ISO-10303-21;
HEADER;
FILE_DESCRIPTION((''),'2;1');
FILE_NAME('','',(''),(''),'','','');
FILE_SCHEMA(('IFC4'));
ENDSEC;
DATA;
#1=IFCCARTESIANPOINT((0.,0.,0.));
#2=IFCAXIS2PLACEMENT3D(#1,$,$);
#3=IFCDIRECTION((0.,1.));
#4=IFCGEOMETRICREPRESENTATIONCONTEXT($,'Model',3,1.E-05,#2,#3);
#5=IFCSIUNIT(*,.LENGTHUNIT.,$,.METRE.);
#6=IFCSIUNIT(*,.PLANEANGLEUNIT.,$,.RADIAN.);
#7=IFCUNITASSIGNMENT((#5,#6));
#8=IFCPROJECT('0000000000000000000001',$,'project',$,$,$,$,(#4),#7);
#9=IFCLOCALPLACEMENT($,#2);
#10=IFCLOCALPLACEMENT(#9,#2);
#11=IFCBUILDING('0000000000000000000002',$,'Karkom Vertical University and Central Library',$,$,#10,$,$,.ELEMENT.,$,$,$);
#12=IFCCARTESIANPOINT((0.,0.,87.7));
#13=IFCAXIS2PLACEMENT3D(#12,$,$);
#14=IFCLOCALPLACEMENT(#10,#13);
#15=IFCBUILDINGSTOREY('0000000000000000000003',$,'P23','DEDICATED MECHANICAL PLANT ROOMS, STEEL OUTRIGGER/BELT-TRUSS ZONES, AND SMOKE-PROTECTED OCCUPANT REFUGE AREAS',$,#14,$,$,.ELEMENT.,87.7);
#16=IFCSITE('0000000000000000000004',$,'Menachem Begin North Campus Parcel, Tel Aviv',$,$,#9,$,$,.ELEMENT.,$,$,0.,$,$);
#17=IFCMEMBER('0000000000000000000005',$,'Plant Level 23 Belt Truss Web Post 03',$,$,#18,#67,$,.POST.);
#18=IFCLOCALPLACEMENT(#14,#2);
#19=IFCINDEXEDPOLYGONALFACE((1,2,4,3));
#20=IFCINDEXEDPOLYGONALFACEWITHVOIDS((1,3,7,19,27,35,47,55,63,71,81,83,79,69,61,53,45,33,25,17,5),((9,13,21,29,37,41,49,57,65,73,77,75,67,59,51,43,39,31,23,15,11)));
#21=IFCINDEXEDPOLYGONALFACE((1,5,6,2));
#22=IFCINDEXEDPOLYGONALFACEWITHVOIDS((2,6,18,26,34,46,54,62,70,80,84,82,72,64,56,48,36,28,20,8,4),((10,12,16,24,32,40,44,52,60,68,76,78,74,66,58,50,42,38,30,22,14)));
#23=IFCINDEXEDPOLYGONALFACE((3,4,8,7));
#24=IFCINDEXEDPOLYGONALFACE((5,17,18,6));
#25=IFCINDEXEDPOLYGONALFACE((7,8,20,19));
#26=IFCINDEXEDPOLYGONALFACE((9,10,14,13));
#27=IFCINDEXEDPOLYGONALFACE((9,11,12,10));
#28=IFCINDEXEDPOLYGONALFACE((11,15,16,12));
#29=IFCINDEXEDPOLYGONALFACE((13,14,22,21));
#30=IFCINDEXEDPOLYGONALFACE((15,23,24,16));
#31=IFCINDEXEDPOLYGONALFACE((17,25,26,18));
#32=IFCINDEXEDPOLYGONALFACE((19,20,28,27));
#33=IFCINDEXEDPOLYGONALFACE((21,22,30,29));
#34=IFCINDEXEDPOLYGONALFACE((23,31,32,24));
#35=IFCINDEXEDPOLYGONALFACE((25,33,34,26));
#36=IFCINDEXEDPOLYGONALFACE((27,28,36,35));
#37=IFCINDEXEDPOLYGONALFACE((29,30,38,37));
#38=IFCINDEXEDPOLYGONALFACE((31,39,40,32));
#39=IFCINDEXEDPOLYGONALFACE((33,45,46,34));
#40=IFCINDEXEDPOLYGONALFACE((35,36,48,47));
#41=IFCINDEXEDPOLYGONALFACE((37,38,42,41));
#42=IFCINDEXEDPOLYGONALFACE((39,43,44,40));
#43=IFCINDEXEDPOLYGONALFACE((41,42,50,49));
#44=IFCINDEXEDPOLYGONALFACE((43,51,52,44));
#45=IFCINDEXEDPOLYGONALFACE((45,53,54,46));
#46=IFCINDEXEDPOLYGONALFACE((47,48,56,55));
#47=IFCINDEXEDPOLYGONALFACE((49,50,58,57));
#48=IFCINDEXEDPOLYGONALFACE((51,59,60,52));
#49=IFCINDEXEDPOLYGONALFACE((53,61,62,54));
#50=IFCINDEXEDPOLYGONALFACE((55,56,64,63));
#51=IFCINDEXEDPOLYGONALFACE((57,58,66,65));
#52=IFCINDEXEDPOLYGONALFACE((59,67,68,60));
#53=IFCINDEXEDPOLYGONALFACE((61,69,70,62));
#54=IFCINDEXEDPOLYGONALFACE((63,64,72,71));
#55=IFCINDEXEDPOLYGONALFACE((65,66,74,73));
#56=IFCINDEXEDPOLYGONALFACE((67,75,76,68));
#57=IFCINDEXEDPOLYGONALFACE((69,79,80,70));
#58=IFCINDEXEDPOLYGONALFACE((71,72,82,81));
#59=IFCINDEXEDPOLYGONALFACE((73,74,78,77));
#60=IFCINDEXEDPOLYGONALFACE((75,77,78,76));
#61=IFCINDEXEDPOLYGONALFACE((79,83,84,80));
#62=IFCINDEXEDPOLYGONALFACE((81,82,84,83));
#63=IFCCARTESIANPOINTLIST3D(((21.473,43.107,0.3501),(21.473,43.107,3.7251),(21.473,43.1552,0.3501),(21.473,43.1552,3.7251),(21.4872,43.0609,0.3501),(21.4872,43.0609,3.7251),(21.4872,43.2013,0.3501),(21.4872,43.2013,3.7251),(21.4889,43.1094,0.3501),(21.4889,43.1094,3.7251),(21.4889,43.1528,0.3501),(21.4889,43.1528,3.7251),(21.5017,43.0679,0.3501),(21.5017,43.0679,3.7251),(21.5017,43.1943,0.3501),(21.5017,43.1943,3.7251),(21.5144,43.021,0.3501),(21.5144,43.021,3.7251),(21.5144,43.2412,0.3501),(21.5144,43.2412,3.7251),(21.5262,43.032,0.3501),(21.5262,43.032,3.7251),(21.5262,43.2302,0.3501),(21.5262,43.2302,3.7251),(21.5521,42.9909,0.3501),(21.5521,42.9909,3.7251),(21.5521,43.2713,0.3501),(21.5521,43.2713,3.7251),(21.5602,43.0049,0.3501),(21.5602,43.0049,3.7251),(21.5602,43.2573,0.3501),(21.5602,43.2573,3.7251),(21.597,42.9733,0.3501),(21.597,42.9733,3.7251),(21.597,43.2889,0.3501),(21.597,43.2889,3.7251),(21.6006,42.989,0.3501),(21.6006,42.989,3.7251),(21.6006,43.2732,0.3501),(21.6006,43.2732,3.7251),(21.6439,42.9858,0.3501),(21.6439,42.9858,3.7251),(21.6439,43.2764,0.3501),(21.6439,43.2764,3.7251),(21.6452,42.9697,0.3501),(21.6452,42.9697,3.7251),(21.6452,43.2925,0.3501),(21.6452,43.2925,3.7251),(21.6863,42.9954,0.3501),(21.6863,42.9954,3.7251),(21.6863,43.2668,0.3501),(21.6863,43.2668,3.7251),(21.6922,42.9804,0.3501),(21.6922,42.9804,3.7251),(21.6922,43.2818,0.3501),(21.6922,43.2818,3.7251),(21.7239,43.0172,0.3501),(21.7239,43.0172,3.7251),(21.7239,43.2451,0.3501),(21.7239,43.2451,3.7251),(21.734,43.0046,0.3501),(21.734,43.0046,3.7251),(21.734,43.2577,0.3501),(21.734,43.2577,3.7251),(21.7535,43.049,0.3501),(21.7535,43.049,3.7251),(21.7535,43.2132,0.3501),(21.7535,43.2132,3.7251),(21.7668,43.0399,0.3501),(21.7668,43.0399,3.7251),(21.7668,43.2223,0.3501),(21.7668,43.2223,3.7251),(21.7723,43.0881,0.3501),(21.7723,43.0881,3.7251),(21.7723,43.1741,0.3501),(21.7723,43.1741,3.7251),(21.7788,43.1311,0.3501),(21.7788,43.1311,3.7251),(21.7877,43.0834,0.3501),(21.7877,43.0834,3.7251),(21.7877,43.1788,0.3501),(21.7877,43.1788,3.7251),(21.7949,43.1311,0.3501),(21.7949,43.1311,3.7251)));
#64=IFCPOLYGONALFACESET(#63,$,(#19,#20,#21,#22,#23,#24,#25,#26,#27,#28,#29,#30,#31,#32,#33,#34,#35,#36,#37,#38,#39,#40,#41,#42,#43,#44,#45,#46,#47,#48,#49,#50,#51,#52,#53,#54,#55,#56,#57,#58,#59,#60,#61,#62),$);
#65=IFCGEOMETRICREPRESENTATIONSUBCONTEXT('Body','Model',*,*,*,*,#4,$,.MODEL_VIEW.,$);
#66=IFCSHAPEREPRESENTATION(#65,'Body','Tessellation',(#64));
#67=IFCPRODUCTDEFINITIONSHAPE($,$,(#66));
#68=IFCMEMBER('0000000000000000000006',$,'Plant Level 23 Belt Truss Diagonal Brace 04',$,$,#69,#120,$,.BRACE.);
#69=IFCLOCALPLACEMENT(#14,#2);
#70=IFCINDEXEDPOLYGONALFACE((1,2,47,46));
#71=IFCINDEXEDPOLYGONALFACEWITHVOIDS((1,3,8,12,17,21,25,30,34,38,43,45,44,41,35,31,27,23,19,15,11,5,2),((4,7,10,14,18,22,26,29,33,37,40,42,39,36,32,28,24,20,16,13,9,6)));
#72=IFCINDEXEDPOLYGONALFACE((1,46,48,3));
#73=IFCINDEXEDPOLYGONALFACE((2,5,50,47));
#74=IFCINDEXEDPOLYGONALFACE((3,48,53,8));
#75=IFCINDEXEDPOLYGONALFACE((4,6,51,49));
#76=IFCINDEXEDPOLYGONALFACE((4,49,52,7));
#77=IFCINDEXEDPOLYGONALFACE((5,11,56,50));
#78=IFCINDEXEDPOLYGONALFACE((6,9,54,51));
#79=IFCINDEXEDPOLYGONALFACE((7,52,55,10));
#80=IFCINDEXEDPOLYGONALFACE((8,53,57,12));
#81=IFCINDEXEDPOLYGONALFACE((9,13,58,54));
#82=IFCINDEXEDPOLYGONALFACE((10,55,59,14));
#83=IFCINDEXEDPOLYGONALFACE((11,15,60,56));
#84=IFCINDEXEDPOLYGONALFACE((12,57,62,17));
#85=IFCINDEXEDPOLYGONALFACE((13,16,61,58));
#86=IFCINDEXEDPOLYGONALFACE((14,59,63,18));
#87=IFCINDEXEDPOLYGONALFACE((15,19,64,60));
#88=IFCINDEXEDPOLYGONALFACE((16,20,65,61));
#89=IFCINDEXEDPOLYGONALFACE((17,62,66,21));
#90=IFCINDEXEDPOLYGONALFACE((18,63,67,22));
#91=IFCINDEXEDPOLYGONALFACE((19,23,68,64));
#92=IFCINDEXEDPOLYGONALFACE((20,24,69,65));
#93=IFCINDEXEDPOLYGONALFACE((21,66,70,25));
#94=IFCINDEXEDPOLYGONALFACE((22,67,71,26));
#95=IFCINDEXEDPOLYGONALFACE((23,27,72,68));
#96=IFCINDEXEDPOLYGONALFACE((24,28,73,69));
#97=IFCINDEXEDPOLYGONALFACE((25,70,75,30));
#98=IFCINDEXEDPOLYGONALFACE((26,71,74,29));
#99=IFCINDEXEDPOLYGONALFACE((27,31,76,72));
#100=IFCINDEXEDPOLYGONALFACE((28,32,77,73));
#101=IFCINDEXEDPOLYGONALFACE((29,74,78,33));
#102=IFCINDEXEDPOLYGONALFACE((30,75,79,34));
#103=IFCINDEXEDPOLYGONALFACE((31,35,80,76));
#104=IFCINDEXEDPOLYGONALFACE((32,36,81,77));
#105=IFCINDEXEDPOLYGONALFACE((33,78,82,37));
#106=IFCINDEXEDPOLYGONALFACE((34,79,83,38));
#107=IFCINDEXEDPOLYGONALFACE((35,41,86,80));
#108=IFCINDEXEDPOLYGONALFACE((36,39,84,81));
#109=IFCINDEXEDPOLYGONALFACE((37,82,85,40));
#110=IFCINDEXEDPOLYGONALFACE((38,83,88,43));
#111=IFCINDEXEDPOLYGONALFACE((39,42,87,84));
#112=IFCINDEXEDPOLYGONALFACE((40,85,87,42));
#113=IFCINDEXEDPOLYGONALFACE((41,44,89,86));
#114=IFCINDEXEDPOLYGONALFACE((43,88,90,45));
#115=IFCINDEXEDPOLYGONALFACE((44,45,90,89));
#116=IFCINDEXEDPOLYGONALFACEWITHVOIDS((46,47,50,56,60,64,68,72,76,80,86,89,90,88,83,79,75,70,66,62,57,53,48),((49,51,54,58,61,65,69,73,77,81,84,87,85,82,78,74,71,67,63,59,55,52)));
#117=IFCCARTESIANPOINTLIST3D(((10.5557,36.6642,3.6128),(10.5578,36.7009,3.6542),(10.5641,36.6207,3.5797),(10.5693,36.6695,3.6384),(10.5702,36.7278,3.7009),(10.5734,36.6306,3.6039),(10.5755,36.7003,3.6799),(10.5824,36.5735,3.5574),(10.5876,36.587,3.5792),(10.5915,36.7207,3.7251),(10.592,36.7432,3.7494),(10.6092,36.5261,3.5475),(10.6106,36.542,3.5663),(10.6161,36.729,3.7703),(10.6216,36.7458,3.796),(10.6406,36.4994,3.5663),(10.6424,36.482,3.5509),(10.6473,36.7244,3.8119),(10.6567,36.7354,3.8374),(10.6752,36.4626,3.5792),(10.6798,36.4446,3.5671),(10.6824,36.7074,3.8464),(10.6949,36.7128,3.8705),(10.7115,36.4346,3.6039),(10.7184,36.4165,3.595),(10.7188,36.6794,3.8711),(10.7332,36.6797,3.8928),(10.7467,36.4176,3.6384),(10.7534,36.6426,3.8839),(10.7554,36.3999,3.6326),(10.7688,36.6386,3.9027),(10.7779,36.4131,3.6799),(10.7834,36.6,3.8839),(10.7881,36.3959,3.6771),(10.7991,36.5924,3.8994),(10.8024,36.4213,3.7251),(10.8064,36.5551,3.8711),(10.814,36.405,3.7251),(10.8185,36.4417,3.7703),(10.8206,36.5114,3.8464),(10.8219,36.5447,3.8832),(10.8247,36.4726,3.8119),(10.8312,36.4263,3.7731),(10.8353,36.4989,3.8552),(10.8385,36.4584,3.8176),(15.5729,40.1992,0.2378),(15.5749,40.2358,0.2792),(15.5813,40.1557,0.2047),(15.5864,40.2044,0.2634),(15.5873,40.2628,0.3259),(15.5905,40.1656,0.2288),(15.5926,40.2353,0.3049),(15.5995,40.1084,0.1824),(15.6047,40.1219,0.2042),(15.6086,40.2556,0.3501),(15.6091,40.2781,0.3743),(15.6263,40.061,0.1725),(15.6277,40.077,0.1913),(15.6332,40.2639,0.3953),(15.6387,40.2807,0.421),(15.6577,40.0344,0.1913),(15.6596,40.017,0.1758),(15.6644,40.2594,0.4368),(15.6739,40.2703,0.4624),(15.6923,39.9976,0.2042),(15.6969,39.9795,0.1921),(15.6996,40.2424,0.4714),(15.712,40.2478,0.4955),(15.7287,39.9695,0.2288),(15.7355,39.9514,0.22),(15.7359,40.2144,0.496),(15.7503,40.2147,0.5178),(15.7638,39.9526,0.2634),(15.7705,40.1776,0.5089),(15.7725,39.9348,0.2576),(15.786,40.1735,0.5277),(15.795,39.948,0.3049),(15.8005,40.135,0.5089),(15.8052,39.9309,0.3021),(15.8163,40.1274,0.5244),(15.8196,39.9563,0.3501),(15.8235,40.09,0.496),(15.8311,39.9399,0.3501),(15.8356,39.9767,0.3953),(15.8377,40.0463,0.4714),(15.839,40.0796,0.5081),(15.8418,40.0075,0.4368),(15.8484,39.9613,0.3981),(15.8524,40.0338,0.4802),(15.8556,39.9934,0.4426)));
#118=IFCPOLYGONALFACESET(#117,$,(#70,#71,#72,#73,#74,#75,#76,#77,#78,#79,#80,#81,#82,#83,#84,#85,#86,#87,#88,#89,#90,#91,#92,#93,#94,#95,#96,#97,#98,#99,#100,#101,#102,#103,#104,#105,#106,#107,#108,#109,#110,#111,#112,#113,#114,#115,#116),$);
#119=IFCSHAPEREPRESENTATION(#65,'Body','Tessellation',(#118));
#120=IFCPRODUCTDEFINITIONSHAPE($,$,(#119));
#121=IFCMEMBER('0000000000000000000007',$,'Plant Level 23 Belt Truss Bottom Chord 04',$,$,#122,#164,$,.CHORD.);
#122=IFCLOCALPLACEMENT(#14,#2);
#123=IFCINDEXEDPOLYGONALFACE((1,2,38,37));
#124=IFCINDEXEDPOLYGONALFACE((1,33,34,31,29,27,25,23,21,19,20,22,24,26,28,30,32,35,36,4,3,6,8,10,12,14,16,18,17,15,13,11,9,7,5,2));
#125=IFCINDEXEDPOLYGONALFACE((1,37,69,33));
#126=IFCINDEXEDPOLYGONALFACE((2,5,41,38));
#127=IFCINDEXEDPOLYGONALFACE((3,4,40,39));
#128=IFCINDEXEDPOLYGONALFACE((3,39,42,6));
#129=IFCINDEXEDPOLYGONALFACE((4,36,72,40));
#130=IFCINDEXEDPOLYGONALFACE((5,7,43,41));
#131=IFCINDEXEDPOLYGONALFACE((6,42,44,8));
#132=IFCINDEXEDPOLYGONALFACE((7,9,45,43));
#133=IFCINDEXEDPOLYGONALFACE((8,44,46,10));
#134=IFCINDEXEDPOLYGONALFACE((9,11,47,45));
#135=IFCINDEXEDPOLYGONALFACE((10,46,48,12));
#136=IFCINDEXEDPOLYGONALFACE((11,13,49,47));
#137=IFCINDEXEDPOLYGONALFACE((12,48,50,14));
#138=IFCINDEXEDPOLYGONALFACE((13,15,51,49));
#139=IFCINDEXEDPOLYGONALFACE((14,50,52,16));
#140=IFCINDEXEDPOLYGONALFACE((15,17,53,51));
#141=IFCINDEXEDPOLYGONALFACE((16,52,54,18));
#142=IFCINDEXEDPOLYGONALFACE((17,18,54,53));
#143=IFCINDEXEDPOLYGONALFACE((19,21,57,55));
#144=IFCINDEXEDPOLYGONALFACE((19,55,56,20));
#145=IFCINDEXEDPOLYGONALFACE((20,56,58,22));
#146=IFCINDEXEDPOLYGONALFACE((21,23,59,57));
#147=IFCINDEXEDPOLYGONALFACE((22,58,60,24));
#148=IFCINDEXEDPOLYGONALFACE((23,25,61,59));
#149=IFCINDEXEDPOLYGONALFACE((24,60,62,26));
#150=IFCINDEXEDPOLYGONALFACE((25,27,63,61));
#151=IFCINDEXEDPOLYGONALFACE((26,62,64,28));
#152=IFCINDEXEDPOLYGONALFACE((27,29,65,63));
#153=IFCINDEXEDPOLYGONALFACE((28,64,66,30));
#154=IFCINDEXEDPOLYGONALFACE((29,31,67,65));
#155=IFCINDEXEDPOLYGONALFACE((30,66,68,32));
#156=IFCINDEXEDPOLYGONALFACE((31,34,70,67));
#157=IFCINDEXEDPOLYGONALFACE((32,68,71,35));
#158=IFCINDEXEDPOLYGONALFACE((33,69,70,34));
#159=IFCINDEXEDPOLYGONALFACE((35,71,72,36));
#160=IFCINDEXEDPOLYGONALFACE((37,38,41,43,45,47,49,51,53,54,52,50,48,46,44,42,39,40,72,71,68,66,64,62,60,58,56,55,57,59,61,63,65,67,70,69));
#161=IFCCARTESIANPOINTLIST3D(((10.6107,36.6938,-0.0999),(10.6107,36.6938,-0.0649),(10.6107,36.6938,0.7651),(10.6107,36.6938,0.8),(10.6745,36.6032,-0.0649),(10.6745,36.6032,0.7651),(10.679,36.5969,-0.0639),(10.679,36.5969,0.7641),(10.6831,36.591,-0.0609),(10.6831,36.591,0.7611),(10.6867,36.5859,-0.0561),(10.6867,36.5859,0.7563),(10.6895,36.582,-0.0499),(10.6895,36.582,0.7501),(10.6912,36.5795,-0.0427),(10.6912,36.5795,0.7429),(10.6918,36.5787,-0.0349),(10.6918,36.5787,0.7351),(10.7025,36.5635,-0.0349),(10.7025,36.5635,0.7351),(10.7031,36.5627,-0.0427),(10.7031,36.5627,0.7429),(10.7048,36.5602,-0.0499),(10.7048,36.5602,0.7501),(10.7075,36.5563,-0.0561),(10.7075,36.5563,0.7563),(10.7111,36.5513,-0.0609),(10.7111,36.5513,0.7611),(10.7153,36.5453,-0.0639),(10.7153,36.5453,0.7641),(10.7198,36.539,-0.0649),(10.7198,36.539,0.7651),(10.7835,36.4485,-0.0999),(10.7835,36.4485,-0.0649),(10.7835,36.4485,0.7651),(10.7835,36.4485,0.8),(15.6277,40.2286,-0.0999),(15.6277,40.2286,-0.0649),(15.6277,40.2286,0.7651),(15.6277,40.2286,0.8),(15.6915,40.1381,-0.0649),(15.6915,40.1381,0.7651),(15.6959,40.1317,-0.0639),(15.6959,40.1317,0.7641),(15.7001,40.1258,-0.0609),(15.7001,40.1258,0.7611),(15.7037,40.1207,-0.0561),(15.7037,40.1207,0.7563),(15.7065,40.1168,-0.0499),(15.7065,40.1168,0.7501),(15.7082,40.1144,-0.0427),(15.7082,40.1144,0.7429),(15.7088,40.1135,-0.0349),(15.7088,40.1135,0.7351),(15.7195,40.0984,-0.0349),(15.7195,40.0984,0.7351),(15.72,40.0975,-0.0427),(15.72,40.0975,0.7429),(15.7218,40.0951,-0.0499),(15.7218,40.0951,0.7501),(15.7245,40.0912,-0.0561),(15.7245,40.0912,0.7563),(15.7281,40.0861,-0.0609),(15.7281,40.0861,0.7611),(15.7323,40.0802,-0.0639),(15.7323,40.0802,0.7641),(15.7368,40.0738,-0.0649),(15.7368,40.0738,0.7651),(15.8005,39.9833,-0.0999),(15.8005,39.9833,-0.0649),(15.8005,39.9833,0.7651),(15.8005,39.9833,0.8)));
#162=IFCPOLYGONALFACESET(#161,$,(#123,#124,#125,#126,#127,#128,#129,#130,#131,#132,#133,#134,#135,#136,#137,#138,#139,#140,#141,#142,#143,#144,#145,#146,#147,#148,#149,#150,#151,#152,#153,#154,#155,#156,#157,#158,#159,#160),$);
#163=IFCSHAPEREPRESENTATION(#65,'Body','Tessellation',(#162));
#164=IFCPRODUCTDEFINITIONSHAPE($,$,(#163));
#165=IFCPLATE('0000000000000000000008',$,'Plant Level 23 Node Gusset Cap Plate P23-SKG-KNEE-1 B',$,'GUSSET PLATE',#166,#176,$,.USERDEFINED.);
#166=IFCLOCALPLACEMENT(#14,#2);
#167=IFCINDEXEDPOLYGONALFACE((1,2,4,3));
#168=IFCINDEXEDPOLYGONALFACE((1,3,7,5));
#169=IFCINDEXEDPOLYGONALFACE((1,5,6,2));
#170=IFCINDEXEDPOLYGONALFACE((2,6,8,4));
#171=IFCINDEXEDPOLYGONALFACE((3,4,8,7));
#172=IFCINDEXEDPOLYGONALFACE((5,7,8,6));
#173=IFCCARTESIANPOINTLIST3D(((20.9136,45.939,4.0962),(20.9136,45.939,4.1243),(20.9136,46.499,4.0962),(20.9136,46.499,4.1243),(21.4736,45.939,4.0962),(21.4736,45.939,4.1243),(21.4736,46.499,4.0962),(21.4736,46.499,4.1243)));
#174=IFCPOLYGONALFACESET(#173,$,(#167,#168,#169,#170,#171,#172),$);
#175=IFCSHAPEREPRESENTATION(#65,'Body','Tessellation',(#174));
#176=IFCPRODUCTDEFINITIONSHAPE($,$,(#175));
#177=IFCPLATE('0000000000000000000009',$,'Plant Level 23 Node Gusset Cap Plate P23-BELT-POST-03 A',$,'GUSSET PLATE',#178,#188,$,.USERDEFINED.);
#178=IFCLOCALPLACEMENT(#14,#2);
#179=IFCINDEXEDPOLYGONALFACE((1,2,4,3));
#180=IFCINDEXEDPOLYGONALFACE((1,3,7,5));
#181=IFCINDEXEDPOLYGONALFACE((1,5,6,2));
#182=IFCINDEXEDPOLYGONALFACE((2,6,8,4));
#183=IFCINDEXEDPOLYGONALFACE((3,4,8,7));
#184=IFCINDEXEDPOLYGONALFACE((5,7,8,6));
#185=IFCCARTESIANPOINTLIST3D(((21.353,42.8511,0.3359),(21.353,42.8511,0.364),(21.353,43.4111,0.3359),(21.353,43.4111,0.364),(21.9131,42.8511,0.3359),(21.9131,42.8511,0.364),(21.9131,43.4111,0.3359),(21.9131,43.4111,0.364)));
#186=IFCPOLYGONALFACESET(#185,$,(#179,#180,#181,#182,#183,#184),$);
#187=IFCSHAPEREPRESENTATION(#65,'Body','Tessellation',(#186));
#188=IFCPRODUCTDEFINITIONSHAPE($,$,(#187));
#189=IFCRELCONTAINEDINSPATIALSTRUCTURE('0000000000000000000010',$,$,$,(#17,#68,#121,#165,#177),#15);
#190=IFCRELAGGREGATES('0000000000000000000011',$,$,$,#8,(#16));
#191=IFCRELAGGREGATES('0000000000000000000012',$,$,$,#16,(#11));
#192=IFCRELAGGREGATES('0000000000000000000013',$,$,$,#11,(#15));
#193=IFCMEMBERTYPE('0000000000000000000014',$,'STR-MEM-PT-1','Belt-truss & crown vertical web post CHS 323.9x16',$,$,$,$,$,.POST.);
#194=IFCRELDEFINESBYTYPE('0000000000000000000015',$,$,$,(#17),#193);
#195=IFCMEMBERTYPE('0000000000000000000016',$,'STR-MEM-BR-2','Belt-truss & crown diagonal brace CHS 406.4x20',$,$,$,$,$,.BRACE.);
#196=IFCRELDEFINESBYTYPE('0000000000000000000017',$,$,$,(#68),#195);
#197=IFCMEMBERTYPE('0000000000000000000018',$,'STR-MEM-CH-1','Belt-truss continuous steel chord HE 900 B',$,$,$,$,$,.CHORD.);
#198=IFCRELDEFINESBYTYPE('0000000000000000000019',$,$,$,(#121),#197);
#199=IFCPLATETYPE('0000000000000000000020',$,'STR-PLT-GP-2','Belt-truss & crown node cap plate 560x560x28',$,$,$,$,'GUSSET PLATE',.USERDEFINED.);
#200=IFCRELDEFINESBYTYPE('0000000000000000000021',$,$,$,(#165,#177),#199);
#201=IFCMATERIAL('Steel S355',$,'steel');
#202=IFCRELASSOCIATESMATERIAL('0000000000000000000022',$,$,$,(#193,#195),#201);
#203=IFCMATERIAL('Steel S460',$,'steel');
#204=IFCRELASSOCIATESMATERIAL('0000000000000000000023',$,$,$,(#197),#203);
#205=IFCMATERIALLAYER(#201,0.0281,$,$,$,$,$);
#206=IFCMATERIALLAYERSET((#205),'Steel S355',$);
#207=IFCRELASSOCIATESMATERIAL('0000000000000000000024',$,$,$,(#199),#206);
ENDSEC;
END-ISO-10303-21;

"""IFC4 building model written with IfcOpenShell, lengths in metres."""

from ifc_helpers import new_model, si_unit, direction, frame, origin, origin_with_axes, origin_2d, place, context, subcontext, project, spatial, rectangle, hollow_circle, i_section, extrude, source, transform, mapped, material, layer, layer_set, material_profile, profile_set, type_object, element, save


model = new_model("IFC4")

# Units and contexts
model_context = context("Model", 3, precision=1e-05, world=origin(), true_north=direction((0.0, 1.0)))
body_context = subcontext(model_context, "Body", "Model", "MODEL_VIEW")
ifc_project = project(units=[si_unit("LENGTHUNIT", "METRE"), si_unit("PLANEANGLEUNIT", "RADIAN")], contexts=[model_context])

# Site, building, storey
site_placement = place(None, origin())
site = spatial("IfcSite", under=ifc_project, at=site_placement, Name="Menachem Begin North Campus Parcel, Tel Aviv", CompositionType="ELEMENT", RefElevation=0.0)
building_placement = place(site_placement, origin())
building = spatial("IfcBuilding", under=site, at=building_placement, Name="Karkom Vertical University and Central Library", CompositionType="ELEMENT")
storey_placement = place(building_placement, frame((0.0, 0.0, 87.7)))
storey = spatial("IfcBuildingStorey", under=building, at=storey_placement, Name="P23", Description="DEDICATED MECHANICAL PLANT ROOMS, STEEL OUTRIGGER/BELT-TRUSS ZONES, AND SMOKE-PROTECTED OCCUPANT REFUGE AREAS", CompositionType="ELEMENT", Elevation=87.7)

# Shared definitions
ifc_material_1 = material(Name="Steel S355", Category="steel")

# Members
ifc_material_profile_1 = material_profile(ifc_material_1, hollow_circle(Radius=0.1619, WallThickness=0.0161, at=origin_2d()), Name="CHS 323.9x16")
ifc_profile_set_1 = profile_set([ifc_material_profile_1], Name="Steel S355")
member_type_1 = type_object("IfcMemberType", Name="STR-MEM-PT-1", Description="Belt-truss & crown vertical web post CHS 323.9x16", PredefinedType="POST", material=ifc_profile_set_1)
shared_shape_1 = source(origin_with_axes(), body_context, "Body", "SweptSolid", [
    extrude(hollow_circle(Radius=0.1619, WallThickness=0.0161, at=origin_2d()), origin(), (0.0, 0.0, 1.0), 3.375),
])
member_1_placement = place(storey_placement, frame((21.6331, 43.1311, 0.3501), z_axis=(0.0, 0.0, 1.0), x_axis=(1.0, 0.0, 0.0)))
element("IfcMember", 1, at=member_1_placement, inside=storey, type_object=member_type_1, Name="Plant Level 23 Belt Truss Web Post 03", PredefinedType="POST", context=body_context, shape_type="MappedRepresentation", body=[
    mapped(shared_shape_1, transform((0.0, 0.0, 0.0), scale=1.0)),
])
ifc_material_profile_2 = material_profile(ifc_material_1, hollow_circle(Radius=0.2031, WallThickness=0.02, at=origin_2d()), Name="CHS 406.4x20")
ifc_profile_set_2 = profile_set([ifc_material_profile_2], Name="Steel S355")
member_type_2 = type_object("IfcMemberType", Name="STR-MEM-BR-2", Description="Belt-truss & crown diagonal brace CHS 406.4x20", PredefinedType="BRACE", material=ifc_profile_set_2)
shared_shape_2 = source(origin_with_axes(), body_context, "Body", "SweptSolid", [
    extrude(hollow_circle(Radius=0.2031, WallThickness=0.02, at=origin_2d()), origin(), (0.0, 0.0, 1.0), 7.0042),
])
member_2_placement = place(storey_placement, frame((15.7141, 40.106, 0.3501), z_axis=(-0.716308, -0.504692, 0.481861), x_axis=(0.575969, -0.817471, 0.0)))
element("IfcMember", 2, at=member_2_placement, inside=storey, type_object=member_type_2, Name="Plant Level 23 Belt Truss Diagonal Brace 04", PredefinedType="BRACE", context=body_context, shape_type="MappedRepresentation", body=[
    mapped(shared_shape_2, transform((0.0, 0.0, 0.0), scale=1.0)),
])
ifc_material_2 = material(Name="Steel S460", Category="steel")
ifc_material_profile_3 = material_profile(ifc_material_2, i_section(OverallWidth=0.3, OverallDepth=0.8999, WebThickness=0.0186, FlangeThickness=0.0349, FilletRadius=0.03, at=origin_2d()), Name="HE 900 B")
ifc_profile_set_3 = profile_set([ifc_material_profile_3], Name="Steel S460")
member_type_3 = type_object("IfcMemberType", Name="STR-MEM-CH-1", Description="Belt-truss continuous steel chord HE 900 B", PredefinedType="CHORD", material=ifc_profile_set_3)
shared_shape_3 = source(origin_with_axes(), body_context, "Body", "SweptSolid", [
    extrude(i_section(OverallWidth=0.3, OverallDepth=0.8999, WebThickness=0.0186, FlangeThickness=0.0349, FilletRadius=0.03, at=origin_2d()), origin(), (0.0, 0.0, 1.0), 6.1372),
])
member_3_placement = place(storey_placement, frame((15.7141, 40.106, 0.3501), z_axis=(-0.817471, -0.575969, 0.0), x_axis=(0.575969, -0.817471, 0.0)))
element("IfcMember", 3, at=member_3_placement, inside=storey, type_object=member_type_3, Name="Plant Level 23 Belt Truss Bottom Chord 04", PredefinedType="CHORD", context=body_context, shape_type="MappedRepresentation", body=[
    mapped(shared_shape_3, transform((0.0, 0.0, 0.0), scale=1.0)),
])

# Plates
ifc_layer_1 = layer(ifc_material_1, 0.0281)
ifc_layer_set_1 = layer_set([ifc_layer_1], Name="Steel S355")
plate_type_1 = type_object("IfcPlateType", Name="STR-PLT-GP-2", Description="Belt-truss & crown node cap plate 560x560x28", ElementType="GUSSET PLATE", PredefinedType="USERDEFINED", material=ifc_layer_set_1)
shared_shape_4 = source(origin_with_axes(), body_context, "Body", "SweptSolid", [
    extrude(rectangle(XDim=0.5601, YDim=0.5601, at=origin_2d()), origin(), (0.0, 0.0, 1.0), 0.0281),
])
for number, where, z_axis, x_axis, name in (
    (4, (21.1936, 46.219, 4.0962), (0.0, 0.0, 1.0), (1.0, 0.0, 0.0), "Plant Level 23 Node Gusset Cap Plate P23-SKG-KNEE-1 B"),
    (5, (21.6331, 43.1311, 0.3359), (0.0, 0.0, 1.0), (1.0, 0.0, 0.0), "Plant Level 23 Node Gusset Cap Plate P23-BELT-POST-03 A"),
):
    element("IfcPlate", number, at=place(storey_placement, frame(where, z_axis=z_axis, x_axis=x_axis)), inside=storey, type_object=plate_type_1, Name=name, ObjectType="GUSSET PLATE", PredefinedType="USERDEFINED", context=body_context, shape_type="MappedRepresentation", body=[
        mapped(shared_shape_4, transform((0.0, 0.0, 0.0), scale=1.0)),
    ])

save(model, "model.ifc")
